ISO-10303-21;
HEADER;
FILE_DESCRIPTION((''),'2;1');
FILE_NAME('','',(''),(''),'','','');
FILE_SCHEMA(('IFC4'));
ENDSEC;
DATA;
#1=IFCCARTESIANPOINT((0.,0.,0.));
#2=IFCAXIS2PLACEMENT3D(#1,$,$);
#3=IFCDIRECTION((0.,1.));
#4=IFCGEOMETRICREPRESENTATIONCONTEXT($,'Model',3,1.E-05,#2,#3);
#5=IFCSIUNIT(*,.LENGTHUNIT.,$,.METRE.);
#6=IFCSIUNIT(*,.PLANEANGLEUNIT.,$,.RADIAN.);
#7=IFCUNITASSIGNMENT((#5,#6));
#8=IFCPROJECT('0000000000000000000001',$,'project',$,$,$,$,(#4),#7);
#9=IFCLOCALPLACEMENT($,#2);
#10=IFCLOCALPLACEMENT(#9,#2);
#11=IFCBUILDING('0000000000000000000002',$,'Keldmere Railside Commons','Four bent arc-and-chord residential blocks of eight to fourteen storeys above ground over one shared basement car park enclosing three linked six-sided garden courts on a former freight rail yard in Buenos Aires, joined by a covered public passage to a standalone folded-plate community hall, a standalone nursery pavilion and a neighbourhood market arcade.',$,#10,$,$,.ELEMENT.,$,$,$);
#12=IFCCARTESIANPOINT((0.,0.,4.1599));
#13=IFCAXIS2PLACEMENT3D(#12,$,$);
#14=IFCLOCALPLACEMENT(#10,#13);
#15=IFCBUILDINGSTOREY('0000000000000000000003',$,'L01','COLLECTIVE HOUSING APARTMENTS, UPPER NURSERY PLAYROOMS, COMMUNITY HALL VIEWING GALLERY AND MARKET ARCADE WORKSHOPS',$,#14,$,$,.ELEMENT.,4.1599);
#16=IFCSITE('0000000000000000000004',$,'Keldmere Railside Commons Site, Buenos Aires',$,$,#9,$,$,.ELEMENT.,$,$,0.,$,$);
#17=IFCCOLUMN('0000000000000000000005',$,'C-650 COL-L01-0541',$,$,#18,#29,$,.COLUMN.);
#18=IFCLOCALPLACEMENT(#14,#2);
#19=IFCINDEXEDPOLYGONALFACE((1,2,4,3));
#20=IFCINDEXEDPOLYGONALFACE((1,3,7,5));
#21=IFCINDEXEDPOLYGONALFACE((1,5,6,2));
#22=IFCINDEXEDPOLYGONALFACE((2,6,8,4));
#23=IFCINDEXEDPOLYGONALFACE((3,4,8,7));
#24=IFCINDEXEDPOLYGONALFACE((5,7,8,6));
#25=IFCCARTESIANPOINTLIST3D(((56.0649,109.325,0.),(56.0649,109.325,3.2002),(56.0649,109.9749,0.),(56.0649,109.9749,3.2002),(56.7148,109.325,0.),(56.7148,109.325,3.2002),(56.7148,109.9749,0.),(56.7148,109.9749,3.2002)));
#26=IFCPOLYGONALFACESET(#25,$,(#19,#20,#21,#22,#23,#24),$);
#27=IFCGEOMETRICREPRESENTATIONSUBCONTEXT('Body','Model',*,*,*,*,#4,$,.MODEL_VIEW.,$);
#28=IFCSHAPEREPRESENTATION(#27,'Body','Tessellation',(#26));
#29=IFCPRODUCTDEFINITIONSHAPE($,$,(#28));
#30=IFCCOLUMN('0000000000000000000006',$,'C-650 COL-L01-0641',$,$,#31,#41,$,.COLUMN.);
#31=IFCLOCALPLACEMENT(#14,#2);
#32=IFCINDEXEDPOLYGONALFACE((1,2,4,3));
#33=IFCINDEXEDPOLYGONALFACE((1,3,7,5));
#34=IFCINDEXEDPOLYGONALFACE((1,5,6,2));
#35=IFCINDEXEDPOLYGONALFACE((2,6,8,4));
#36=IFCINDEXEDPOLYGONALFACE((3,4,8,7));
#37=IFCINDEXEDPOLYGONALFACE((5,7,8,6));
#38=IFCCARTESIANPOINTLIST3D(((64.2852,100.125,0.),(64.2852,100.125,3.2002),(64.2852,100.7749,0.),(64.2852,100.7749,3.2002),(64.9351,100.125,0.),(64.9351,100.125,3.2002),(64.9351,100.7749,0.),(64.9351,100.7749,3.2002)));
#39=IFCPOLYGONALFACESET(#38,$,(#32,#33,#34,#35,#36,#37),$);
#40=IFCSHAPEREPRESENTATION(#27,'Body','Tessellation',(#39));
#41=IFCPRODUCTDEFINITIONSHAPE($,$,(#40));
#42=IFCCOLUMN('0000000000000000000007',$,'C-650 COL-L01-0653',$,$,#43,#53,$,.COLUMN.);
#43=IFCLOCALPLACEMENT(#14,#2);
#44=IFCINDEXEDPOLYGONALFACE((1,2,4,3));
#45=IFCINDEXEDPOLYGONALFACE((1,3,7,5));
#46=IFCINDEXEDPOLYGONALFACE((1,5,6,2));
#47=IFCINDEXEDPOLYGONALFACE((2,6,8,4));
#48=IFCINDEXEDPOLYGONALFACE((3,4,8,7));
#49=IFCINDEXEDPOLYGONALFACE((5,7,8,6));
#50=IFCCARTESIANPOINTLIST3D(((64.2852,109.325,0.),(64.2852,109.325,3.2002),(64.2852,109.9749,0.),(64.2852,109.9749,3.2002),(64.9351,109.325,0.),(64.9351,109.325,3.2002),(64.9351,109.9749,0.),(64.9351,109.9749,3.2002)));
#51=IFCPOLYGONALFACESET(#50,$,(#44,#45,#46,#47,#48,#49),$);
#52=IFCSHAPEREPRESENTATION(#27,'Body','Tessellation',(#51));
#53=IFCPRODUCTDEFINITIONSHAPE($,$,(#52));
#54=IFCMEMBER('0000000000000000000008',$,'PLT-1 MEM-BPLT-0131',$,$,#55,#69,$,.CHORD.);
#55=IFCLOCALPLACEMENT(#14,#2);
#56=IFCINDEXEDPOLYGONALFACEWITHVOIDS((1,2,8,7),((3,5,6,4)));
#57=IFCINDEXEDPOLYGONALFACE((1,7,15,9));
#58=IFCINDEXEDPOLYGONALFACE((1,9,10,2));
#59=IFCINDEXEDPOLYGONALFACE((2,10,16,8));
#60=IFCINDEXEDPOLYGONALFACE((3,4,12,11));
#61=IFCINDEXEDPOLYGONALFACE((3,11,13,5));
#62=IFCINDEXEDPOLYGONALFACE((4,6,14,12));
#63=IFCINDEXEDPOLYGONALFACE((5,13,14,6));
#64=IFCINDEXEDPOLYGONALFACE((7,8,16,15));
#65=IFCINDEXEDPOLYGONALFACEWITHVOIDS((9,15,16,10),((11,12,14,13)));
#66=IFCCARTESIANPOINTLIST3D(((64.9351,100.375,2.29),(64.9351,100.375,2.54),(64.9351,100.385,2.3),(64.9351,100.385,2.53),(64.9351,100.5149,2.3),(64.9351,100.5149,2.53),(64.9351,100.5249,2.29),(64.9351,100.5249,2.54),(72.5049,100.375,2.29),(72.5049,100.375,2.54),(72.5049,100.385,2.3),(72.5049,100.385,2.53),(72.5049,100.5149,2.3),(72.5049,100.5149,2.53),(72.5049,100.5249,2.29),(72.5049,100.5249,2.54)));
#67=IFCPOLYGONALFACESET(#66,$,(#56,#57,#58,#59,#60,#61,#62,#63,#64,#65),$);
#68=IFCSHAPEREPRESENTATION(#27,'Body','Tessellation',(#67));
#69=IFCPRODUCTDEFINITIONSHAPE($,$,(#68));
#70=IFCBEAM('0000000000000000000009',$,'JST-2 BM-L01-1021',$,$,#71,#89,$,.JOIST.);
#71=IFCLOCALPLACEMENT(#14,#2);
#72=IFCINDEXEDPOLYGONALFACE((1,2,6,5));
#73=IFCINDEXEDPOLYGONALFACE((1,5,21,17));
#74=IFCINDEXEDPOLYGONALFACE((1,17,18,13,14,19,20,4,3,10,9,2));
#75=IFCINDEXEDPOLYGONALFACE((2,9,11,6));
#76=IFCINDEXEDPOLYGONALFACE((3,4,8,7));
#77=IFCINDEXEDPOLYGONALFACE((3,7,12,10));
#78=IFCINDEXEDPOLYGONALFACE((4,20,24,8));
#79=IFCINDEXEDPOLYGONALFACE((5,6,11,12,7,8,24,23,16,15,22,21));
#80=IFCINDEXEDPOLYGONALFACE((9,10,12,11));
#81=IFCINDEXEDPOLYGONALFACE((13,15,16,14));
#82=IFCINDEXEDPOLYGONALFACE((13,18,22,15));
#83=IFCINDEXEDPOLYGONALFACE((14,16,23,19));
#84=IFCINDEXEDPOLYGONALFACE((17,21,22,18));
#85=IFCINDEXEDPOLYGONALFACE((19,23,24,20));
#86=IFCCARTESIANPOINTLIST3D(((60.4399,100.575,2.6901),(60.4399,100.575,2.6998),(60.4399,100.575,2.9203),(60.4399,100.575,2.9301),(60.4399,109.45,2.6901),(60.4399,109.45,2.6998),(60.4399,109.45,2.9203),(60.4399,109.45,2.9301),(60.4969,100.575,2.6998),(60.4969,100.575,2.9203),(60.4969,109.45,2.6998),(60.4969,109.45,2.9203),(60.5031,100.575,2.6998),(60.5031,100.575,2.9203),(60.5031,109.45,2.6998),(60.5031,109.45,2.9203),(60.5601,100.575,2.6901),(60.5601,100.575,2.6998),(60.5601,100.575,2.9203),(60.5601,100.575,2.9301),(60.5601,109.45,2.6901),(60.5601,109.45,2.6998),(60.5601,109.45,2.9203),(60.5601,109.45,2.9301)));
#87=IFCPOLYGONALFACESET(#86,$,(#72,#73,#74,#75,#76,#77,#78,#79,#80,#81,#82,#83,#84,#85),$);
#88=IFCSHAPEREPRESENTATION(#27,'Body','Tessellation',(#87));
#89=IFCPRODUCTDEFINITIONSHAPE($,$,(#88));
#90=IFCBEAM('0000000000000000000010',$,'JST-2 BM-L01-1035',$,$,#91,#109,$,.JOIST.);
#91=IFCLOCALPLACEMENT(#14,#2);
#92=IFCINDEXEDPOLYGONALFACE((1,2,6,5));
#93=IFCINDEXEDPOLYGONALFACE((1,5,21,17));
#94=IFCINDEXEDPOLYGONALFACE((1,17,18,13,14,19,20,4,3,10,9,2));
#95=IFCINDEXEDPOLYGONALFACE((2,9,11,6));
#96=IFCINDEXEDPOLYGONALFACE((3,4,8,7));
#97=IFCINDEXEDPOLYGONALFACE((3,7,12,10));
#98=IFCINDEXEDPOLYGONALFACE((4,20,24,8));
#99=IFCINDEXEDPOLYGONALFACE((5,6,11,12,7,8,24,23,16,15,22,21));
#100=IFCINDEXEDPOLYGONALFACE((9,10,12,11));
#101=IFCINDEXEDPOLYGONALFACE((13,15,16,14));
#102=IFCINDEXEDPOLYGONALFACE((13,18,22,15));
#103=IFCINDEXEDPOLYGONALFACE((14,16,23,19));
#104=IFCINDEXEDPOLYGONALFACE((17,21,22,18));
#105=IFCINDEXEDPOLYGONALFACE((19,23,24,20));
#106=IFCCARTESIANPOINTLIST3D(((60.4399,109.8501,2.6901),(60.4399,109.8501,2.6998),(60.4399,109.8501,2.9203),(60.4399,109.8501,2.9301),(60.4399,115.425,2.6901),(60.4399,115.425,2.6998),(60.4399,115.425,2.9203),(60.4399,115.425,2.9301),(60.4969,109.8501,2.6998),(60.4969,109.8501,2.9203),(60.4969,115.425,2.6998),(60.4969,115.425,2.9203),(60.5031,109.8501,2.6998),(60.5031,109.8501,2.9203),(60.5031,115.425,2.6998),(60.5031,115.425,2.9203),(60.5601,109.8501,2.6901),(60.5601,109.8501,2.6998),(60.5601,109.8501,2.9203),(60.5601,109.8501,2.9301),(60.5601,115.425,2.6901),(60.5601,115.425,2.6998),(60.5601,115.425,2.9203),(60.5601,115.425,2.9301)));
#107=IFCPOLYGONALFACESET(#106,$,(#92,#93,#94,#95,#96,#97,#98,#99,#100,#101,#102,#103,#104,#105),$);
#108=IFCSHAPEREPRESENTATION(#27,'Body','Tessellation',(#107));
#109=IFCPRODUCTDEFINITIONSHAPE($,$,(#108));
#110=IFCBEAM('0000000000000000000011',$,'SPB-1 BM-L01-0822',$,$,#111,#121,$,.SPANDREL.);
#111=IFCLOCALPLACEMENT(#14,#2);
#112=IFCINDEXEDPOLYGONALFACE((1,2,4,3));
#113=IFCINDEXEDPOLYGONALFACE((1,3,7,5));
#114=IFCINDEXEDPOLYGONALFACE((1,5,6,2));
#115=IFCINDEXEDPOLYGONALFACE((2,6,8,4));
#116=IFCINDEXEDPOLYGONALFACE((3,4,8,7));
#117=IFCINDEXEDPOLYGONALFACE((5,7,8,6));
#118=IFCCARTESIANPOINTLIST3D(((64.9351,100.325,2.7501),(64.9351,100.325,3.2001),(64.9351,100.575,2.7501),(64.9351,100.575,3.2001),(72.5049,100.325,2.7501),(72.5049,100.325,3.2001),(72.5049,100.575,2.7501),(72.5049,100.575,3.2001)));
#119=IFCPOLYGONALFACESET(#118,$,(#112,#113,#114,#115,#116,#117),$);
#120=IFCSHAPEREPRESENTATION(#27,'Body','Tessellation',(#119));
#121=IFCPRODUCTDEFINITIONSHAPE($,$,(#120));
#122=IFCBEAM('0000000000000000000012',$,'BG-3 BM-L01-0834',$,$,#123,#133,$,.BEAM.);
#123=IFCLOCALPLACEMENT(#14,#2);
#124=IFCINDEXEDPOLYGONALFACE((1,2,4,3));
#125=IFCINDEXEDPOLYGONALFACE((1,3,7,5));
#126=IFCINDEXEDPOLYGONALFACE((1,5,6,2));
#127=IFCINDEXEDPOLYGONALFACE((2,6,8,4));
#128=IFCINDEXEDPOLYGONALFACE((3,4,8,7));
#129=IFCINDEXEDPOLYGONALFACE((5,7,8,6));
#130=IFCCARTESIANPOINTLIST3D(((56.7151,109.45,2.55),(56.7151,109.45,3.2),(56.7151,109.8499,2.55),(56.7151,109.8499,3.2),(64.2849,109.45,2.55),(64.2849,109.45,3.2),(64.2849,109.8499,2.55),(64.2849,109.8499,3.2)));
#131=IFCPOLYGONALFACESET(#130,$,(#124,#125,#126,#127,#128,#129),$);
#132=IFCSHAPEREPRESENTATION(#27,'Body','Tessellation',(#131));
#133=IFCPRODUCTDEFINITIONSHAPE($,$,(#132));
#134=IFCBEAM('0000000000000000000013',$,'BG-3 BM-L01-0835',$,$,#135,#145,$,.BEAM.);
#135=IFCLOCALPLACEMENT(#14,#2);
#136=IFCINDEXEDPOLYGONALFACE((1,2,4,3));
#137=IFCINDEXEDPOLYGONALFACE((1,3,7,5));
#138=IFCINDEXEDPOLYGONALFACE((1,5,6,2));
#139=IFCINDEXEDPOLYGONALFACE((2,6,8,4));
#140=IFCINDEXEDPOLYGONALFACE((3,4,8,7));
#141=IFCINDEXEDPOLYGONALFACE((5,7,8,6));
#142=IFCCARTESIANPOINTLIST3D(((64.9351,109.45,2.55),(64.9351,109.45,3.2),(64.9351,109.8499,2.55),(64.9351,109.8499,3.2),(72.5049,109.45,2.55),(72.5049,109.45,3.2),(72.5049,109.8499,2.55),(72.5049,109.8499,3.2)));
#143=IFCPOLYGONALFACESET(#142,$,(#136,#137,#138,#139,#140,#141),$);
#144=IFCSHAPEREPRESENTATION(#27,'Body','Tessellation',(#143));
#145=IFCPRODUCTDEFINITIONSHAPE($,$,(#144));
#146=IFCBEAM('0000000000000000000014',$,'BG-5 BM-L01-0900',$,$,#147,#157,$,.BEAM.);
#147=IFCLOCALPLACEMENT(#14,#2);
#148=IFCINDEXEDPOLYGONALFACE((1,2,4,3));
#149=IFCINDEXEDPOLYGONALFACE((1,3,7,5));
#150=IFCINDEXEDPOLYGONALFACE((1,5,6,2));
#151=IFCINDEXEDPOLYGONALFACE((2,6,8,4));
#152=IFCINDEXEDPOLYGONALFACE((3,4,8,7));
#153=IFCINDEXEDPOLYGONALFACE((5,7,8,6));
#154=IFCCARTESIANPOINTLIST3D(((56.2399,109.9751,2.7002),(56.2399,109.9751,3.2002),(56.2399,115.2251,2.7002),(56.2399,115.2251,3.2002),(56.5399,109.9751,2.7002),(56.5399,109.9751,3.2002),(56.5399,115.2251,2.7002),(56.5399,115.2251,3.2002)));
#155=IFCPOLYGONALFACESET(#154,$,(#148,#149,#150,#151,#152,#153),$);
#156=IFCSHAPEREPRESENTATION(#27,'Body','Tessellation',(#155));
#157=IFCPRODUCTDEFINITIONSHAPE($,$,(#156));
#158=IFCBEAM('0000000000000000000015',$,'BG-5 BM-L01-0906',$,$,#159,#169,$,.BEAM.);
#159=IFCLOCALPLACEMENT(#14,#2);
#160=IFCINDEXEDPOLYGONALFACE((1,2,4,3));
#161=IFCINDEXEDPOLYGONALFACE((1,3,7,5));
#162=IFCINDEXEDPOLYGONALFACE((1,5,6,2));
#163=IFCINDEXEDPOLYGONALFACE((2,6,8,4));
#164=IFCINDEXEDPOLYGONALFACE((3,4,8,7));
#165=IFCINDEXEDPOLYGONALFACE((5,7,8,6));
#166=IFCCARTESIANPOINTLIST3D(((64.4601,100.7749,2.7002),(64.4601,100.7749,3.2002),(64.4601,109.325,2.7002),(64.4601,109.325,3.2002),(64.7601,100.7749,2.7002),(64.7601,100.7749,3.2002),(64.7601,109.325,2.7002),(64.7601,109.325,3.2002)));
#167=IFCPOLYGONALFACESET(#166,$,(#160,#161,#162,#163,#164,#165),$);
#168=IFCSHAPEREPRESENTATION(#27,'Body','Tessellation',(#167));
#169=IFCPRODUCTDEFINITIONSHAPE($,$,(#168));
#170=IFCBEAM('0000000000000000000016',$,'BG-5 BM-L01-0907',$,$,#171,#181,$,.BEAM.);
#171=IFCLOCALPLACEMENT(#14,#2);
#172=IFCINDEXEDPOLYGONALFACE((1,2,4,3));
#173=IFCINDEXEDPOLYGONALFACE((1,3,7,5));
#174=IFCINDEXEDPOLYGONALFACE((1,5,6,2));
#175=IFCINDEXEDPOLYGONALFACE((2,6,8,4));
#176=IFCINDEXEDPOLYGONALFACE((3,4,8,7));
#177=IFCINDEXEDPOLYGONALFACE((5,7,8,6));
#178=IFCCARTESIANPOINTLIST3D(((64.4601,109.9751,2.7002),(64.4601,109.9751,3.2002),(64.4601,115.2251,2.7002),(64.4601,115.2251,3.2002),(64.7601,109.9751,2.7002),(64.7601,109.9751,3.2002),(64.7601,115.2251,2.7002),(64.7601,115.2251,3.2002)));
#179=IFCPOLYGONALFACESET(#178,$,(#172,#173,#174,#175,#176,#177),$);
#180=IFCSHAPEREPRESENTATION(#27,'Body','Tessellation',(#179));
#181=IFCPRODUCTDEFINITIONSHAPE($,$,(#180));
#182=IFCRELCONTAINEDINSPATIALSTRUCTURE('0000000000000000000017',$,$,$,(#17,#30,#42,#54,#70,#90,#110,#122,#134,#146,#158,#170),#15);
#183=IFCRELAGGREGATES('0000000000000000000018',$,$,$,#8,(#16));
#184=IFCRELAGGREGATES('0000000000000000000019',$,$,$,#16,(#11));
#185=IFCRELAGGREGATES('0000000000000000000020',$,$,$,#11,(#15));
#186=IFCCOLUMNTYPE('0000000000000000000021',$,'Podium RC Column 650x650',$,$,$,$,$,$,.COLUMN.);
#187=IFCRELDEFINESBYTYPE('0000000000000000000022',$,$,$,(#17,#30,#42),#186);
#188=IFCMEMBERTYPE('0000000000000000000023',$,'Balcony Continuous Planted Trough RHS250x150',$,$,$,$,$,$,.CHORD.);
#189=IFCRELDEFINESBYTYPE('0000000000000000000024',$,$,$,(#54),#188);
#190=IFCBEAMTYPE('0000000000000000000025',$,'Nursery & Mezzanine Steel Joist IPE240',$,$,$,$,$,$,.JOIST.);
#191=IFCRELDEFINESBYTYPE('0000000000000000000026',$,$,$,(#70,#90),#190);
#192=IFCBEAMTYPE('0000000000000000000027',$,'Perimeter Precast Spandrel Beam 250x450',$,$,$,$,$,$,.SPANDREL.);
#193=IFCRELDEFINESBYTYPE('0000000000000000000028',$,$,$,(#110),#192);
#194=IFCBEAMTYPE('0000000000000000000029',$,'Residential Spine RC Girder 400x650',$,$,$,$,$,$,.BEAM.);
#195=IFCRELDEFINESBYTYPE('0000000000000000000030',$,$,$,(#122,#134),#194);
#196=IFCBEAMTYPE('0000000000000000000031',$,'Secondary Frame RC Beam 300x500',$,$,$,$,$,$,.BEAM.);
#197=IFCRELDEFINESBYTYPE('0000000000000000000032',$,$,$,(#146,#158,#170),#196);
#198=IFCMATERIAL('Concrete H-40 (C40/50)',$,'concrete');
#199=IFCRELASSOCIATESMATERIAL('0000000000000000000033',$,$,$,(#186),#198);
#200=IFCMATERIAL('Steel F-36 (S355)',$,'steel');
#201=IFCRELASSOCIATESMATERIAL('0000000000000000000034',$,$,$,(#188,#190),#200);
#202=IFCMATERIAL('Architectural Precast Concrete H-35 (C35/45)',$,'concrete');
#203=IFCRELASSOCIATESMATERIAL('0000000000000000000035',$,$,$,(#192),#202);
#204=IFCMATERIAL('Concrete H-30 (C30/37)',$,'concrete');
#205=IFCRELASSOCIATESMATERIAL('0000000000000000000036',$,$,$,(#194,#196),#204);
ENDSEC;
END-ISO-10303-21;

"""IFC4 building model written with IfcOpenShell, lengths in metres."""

from ifc_helpers import new_model, si_unit, direction, frame, origin, origin_2d, place, context, subcontext, project, spatial, rectangle, hollow_rectangle, i_section, extrude, material, material_profile, profile_set, type_object, element, save


model = new_model("IFC4")

# Units and contexts
model_context = context("Model", 3, precision=1e-05, world=origin(), true_north=direction((0.0, 1.0)))
body_context = subcontext(model_context, "Body", "Model", "MODEL_VIEW")
ifc_project = project(units=[si_unit("LENGTHUNIT", "METRE"), si_unit("PLANEANGLEUNIT", "RADIAN")], contexts=[model_context])

# Site, building, storey
site_placement = place(None, origin())
site = spatial("IfcSite", under=ifc_project, at=site_placement, Name="Keldmere Railside Commons Site, Buenos Aires", CompositionType="ELEMENT", RefElevation=0.0)
building_placement = place(site_placement, origin())
building = spatial("IfcBuilding", under=site, at=building_placement, Name="Keldmere Railside Commons", Description="Four bent arc-and-chord residential blocks of eight to fourteen storeys above ground over one shared basement car park enclosing three linked six-sided garden courts on a former freight rail yard in Buenos Aires, joined by a covered public passage to a standalone folded-plate community hall, a standalone nursery pavilion and a neighbourhood market arcade.", CompositionType="ELEMENT")
storey_placement = place(building_placement, frame((0.0, 0.0, 4.1599)))
storey = spatial("IfcBuildingStorey", under=building, at=storey_placement, Name="L01", Description="COLLECTIVE HOUSING APARTMENTS, UPPER NURSERY PLAYROOMS, COMMUNITY HALL VIEWING GALLERY AND MARKET ARCADE WORKSHOPS", CompositionType="ELEMENT", Elevation=4.1599)

# Columns
ifc_material_1 = material(Name="Concrete H-40 (C40/50)", Category="concrete")
ifc_material_profile_1 = material_profile(ifc_material_1, rectangle(XDim=0.6499, YDim=0.6499, at=origin_2d()), Name="RC-650x650")
ifc_profile_set_1 = profile_set([ifc_material_profile_1], Name="Concrete H-40 (C40/50)")
column_type = type_object("IfcColumnType", Name="Podium RC Column 650x650", PredefinedType="COLUMN", material=ifc_profile_set_1)
for number, where, z_axis, x_axis, name in (
    (1, (56.3899, 109.6499, 0.0), (0.0, 0.0, 1.0), (1.0, 0.0, 0.0), "C-650 COL-L01-0541"),
    (2, (64.6101, 100.45, 0.0), (0.0, 0.0, 1.0), (1.0, 0.0, 0.0), "C-650 COL-L01-0641"),
    (3, (64.6101, 109.6499, 0.0), (0.0, 0.0, 1.0), (1.0, 0.0, 0.0), "C-650 COL-L01-0653"),
):
    element("IfcColumn", number, at=place(storey_placement, frame(where, z_axis=z_axis, x_axis=x_axis)), inside=storey, type_object=column_type, Name=name, PredefinedType="COLUMN", context=body_context, shape_type="SweptSolid", body=[
        extrude(rectangle(XDim=0.6499, YDim=0.6499, at=origin_2d()), origin(), (0.0, 0.0, 1.0), 3.2002),
    ])

# Member
ifc_material_2 = material(Name="Steel F-36 (S355)", Category="steel")
ifc_material_profile_2 = material_profile(ifc_material_2, hollow_rectangle(XDim=0.1499, YDim=0.25, WallThickness=0.01, at=origin_2d()), Name="RHS-250x150x10")
ifc_profile_set_2 = profile_set([ifc_material_profile_2], Name="Steel F-36 (S355)")
member_type_1 = type_object("IfcMemberType", Name="Balcony Continuous Planted Trough RHS250x150", PredefinedType="CHORD", material=ifc_profile_set_2)
member_1_placement = place(storey_placement, frame((64.9351, 100.45, 2.415), z_axis=(1.0, 0.0, 0.0), x_axis=(0.0, 1.0, 0.0)))
element("IfcMember", 4, at=member_1_placement, inside=storey, type_object=member_type_1, Name="PLT-1 MEM-BPLT-0131", PredefinedType="CHORD", context=body_context, shape_type="SweptSolid", body=[
    extrude(hollow_rectangle(XDim=0.1499, YDim=0.25, WallThickness=0.01, at=origin_2d()), origin(), (0.0, 0.0, 1.0), 7.5698),
])

# Beams
ifc_material_profile_3 = material_profile(ifc_material_2, i_section(OverallWidth=0.1201, OverallDepth=0.24, WebThickness=0.0061, FlangeThickness=0.0098, at=origin_2d()), Name="IPE-240")
ifc_profile_set_3 = profile_set([ifc_material_profile_3], Name="Steel F-36 (S355)")
beam_type_1 = type_object("IfcBeamType", Name="Nursery & Mezzanine Steel Joist IPE240", PredefinedType="JOIST", material=ifc_profile_set_3)
beam_1_placement = place(storey_placement, frame((60.5, 100.575, 2.8101), z_axis=(0.0, 1.0, 0.0), x_axis=(-1.0, 0.0, 0.0)))
element("IfcBeam", 5, at=beam_1_placement, inside=storey, type_object=beam_type_1, Name="JST-2 BM-L01-1021", PredefinedType="JOIST", context=body_context, shape_type="SweptSolid", body=[
    extrude(i_section(OverallWidth=0.1201, OverallDepth=0.24, WebThickness=0.0061, FlangeThickness=0.0098, at=origin_2d()), origin(), (0.0, 0.0, 1.0), 8.875),
])
beam_2_placement = place(storey_placement, frame((60.5, 109.8501, 2.8101), z_axis=(0.0, 1.0, 0.0), x_axis=(-1.0, 0.0, 0.0)))
element("IfcBeam", 6, at=beam_2_placement, inside=storey, type_object=beam_type_1, Name="JST-2 BM-L01-1035", PredefinedType="JOIST", context=body_context, shape_type="SweptSolid", body=[
    extrude(i_section(OverallWidth=0.1201, OverallDepth=0.24, WebThickness=0.0061, FlangeThickness=0.0098, at=origin_2d()), origin(), (0.0, 0.0, 1.0), 5.575),
])
ifc_material_3 = material(Name="Architectural Precast Concrete H-35 (C35/45)", Category="concrete")
ifc_material_profile_4 = material_profile(ifc_material_3, rectangle(XDim=0.25, YDim=0.45, at=origin_2d()), Name="RC-250x450")
ifc_profile_set_4 = profile_set([ifc_material_profile_4], Name="Architectural Precast Concrete H-35 (C35/45)")
beam_type_2 = type_object("IfcBeamType", Name="Perimeter Precast Spandrel Beam 250x450", PredefinedType="SPANDREL", material=ifc_profile_set_4)
beam_3_placement = place(storey_placement, frame((64.9351, 100.45, 2.9751), z_axis=(1.0, 0.0, 0.0), x_axis=(0.0, 1.0, 0.0)))
element("IfcBeam", 7, at=beam_3_placement, inside=storey, type_object=beam_type_2, Name="SPB-1 BM-L01-0822", PredefinedType="SPANDREL", context=body_context, shape_type="SweptSolid", body=[
    extrude(rectangle(XDim=0.25, YDim=0.45, at=origin_2d()), origin(), (0.0, 0.0, 1.0), 7.5698),
])
ifc_material_4 = material(Name="Concrete H-30 (C30/37)", Category="concrete")
ifc_material_profile_5 = material_profile(ifc_material_4, rectangle(XDim=0.3999, YDim=0.6499, at=origin_2d()), Name="RC-400x650")
ifc_profile_set_5 = profile_set([ifc_material_profile_5], Name="Concrete H-30 (C30/37)")
beam_type_3 = type_object("IfcBeamType", Name="Residential Spine RC Girder 400x650", PredefinedType="BEAM", material=ifc_profile_set_5)
for number, where, z_axis, x_axis, name in (
    (8, (56.7151, 109.6499, 2.875), (1.0, 0.0, 0.0), (0.0, 1.0, 0.0), "BG-3 BM-L01-0834"),
    (9, (64.9351, 109.6499, 2.875), (1.0, 0.0, 0.0), (0.0, 1.0, 0.0), "BG-3 BM-L01-0835"),
):
    element("IfcBeam", number, at=place(storey_placement, frame(where, z_axis=z_axis, x_axis=x_axis)), inside=storey, type_object=beam_type_3, Name=name, PredefinedType="BEAM", context=body_context, shape_type="SweptSolid", body=[
        extrude(rectangle(XDim=0.3999, YDim=0.6499, at=origin_2d()), origin(), (0.0, 0.0, 1.0), 7.5698),
    ])
ifc_material_profile_6 = material_profile(ifc_material_4, rectangle(XDim=0.3, YDim=0.5, at=origin_2d()), Name="RC-300x500")
ifc_profile_set_6 = profile_set([ifc_material_profile_6], Name="Concrete H-30 (C30/37)")
beam_type_4 = type_object("IfcBeamType", Name="Secondary Frame RC Beam 300x500", PredefinedType="BEAM", material=ifc_profile_set_6)
beam_4_placement = place(storey_placement, frame((56.3899, 109.9751, 2.9502), z_axis=(0.0, 1.0, 0.0), x_axis=(-1.0, 0.0, 0.0)))
element("IfcBeam", 10, at=beam_4_placement, inside=storey, type_object=beam_type_4, Name="BG-5 BM-L01-0900", PredefinedType="BEAM", context=body_context, shape_type="SweptSolid", body=[
    extrude(rectangle(XDim=0.3, YDim=0.5, at=origin_2d()), origin(), (0.0, 0.0, 1.0), 5.25),
])
beam_5_placement = place(storey_placement, frame((64.6101, 100.7749, 2.9502), z_axis=(0.0, 1.0, 0.0), x_axis=(-1.0, 0.0, 0.0)))
element("IfcBeam", 11, at=beam_5_placement, inside=storey, type_object=beam_type_4, Name="BG-5 BM-L01-0906", PredefinedType="BEAM", context=body_context, shape_type="SweptSolid", body=[
    extrude(rectangle(XDim=0.3, YDim=0.5, at=origin_2d()), origin(), (0.0, 0.0, 1.0), 8.55),
])
beam_6_placement = place(storey_placement, frame((64.6101, 109.9751, 2.9502), z_axis=(0.0, 1.0, 0.0), x_axis=(-1.0, 0.0, 0.0)))
element("IfcBeam", 12, at=beam_6_placement, inside=storey, type_object=beam_type_4, Name="BG-5 BM-L01-0907", PredefinedType="BEAM", context=body_context, shape_type="SweptSolid", body=[
    extrude(rectangle(XDim=0.3, YDim=0.5, at=origin_2d()), origin(), (0.0, 0.0, 1.0), 5.25),
])

save(model, "model.ifc")
